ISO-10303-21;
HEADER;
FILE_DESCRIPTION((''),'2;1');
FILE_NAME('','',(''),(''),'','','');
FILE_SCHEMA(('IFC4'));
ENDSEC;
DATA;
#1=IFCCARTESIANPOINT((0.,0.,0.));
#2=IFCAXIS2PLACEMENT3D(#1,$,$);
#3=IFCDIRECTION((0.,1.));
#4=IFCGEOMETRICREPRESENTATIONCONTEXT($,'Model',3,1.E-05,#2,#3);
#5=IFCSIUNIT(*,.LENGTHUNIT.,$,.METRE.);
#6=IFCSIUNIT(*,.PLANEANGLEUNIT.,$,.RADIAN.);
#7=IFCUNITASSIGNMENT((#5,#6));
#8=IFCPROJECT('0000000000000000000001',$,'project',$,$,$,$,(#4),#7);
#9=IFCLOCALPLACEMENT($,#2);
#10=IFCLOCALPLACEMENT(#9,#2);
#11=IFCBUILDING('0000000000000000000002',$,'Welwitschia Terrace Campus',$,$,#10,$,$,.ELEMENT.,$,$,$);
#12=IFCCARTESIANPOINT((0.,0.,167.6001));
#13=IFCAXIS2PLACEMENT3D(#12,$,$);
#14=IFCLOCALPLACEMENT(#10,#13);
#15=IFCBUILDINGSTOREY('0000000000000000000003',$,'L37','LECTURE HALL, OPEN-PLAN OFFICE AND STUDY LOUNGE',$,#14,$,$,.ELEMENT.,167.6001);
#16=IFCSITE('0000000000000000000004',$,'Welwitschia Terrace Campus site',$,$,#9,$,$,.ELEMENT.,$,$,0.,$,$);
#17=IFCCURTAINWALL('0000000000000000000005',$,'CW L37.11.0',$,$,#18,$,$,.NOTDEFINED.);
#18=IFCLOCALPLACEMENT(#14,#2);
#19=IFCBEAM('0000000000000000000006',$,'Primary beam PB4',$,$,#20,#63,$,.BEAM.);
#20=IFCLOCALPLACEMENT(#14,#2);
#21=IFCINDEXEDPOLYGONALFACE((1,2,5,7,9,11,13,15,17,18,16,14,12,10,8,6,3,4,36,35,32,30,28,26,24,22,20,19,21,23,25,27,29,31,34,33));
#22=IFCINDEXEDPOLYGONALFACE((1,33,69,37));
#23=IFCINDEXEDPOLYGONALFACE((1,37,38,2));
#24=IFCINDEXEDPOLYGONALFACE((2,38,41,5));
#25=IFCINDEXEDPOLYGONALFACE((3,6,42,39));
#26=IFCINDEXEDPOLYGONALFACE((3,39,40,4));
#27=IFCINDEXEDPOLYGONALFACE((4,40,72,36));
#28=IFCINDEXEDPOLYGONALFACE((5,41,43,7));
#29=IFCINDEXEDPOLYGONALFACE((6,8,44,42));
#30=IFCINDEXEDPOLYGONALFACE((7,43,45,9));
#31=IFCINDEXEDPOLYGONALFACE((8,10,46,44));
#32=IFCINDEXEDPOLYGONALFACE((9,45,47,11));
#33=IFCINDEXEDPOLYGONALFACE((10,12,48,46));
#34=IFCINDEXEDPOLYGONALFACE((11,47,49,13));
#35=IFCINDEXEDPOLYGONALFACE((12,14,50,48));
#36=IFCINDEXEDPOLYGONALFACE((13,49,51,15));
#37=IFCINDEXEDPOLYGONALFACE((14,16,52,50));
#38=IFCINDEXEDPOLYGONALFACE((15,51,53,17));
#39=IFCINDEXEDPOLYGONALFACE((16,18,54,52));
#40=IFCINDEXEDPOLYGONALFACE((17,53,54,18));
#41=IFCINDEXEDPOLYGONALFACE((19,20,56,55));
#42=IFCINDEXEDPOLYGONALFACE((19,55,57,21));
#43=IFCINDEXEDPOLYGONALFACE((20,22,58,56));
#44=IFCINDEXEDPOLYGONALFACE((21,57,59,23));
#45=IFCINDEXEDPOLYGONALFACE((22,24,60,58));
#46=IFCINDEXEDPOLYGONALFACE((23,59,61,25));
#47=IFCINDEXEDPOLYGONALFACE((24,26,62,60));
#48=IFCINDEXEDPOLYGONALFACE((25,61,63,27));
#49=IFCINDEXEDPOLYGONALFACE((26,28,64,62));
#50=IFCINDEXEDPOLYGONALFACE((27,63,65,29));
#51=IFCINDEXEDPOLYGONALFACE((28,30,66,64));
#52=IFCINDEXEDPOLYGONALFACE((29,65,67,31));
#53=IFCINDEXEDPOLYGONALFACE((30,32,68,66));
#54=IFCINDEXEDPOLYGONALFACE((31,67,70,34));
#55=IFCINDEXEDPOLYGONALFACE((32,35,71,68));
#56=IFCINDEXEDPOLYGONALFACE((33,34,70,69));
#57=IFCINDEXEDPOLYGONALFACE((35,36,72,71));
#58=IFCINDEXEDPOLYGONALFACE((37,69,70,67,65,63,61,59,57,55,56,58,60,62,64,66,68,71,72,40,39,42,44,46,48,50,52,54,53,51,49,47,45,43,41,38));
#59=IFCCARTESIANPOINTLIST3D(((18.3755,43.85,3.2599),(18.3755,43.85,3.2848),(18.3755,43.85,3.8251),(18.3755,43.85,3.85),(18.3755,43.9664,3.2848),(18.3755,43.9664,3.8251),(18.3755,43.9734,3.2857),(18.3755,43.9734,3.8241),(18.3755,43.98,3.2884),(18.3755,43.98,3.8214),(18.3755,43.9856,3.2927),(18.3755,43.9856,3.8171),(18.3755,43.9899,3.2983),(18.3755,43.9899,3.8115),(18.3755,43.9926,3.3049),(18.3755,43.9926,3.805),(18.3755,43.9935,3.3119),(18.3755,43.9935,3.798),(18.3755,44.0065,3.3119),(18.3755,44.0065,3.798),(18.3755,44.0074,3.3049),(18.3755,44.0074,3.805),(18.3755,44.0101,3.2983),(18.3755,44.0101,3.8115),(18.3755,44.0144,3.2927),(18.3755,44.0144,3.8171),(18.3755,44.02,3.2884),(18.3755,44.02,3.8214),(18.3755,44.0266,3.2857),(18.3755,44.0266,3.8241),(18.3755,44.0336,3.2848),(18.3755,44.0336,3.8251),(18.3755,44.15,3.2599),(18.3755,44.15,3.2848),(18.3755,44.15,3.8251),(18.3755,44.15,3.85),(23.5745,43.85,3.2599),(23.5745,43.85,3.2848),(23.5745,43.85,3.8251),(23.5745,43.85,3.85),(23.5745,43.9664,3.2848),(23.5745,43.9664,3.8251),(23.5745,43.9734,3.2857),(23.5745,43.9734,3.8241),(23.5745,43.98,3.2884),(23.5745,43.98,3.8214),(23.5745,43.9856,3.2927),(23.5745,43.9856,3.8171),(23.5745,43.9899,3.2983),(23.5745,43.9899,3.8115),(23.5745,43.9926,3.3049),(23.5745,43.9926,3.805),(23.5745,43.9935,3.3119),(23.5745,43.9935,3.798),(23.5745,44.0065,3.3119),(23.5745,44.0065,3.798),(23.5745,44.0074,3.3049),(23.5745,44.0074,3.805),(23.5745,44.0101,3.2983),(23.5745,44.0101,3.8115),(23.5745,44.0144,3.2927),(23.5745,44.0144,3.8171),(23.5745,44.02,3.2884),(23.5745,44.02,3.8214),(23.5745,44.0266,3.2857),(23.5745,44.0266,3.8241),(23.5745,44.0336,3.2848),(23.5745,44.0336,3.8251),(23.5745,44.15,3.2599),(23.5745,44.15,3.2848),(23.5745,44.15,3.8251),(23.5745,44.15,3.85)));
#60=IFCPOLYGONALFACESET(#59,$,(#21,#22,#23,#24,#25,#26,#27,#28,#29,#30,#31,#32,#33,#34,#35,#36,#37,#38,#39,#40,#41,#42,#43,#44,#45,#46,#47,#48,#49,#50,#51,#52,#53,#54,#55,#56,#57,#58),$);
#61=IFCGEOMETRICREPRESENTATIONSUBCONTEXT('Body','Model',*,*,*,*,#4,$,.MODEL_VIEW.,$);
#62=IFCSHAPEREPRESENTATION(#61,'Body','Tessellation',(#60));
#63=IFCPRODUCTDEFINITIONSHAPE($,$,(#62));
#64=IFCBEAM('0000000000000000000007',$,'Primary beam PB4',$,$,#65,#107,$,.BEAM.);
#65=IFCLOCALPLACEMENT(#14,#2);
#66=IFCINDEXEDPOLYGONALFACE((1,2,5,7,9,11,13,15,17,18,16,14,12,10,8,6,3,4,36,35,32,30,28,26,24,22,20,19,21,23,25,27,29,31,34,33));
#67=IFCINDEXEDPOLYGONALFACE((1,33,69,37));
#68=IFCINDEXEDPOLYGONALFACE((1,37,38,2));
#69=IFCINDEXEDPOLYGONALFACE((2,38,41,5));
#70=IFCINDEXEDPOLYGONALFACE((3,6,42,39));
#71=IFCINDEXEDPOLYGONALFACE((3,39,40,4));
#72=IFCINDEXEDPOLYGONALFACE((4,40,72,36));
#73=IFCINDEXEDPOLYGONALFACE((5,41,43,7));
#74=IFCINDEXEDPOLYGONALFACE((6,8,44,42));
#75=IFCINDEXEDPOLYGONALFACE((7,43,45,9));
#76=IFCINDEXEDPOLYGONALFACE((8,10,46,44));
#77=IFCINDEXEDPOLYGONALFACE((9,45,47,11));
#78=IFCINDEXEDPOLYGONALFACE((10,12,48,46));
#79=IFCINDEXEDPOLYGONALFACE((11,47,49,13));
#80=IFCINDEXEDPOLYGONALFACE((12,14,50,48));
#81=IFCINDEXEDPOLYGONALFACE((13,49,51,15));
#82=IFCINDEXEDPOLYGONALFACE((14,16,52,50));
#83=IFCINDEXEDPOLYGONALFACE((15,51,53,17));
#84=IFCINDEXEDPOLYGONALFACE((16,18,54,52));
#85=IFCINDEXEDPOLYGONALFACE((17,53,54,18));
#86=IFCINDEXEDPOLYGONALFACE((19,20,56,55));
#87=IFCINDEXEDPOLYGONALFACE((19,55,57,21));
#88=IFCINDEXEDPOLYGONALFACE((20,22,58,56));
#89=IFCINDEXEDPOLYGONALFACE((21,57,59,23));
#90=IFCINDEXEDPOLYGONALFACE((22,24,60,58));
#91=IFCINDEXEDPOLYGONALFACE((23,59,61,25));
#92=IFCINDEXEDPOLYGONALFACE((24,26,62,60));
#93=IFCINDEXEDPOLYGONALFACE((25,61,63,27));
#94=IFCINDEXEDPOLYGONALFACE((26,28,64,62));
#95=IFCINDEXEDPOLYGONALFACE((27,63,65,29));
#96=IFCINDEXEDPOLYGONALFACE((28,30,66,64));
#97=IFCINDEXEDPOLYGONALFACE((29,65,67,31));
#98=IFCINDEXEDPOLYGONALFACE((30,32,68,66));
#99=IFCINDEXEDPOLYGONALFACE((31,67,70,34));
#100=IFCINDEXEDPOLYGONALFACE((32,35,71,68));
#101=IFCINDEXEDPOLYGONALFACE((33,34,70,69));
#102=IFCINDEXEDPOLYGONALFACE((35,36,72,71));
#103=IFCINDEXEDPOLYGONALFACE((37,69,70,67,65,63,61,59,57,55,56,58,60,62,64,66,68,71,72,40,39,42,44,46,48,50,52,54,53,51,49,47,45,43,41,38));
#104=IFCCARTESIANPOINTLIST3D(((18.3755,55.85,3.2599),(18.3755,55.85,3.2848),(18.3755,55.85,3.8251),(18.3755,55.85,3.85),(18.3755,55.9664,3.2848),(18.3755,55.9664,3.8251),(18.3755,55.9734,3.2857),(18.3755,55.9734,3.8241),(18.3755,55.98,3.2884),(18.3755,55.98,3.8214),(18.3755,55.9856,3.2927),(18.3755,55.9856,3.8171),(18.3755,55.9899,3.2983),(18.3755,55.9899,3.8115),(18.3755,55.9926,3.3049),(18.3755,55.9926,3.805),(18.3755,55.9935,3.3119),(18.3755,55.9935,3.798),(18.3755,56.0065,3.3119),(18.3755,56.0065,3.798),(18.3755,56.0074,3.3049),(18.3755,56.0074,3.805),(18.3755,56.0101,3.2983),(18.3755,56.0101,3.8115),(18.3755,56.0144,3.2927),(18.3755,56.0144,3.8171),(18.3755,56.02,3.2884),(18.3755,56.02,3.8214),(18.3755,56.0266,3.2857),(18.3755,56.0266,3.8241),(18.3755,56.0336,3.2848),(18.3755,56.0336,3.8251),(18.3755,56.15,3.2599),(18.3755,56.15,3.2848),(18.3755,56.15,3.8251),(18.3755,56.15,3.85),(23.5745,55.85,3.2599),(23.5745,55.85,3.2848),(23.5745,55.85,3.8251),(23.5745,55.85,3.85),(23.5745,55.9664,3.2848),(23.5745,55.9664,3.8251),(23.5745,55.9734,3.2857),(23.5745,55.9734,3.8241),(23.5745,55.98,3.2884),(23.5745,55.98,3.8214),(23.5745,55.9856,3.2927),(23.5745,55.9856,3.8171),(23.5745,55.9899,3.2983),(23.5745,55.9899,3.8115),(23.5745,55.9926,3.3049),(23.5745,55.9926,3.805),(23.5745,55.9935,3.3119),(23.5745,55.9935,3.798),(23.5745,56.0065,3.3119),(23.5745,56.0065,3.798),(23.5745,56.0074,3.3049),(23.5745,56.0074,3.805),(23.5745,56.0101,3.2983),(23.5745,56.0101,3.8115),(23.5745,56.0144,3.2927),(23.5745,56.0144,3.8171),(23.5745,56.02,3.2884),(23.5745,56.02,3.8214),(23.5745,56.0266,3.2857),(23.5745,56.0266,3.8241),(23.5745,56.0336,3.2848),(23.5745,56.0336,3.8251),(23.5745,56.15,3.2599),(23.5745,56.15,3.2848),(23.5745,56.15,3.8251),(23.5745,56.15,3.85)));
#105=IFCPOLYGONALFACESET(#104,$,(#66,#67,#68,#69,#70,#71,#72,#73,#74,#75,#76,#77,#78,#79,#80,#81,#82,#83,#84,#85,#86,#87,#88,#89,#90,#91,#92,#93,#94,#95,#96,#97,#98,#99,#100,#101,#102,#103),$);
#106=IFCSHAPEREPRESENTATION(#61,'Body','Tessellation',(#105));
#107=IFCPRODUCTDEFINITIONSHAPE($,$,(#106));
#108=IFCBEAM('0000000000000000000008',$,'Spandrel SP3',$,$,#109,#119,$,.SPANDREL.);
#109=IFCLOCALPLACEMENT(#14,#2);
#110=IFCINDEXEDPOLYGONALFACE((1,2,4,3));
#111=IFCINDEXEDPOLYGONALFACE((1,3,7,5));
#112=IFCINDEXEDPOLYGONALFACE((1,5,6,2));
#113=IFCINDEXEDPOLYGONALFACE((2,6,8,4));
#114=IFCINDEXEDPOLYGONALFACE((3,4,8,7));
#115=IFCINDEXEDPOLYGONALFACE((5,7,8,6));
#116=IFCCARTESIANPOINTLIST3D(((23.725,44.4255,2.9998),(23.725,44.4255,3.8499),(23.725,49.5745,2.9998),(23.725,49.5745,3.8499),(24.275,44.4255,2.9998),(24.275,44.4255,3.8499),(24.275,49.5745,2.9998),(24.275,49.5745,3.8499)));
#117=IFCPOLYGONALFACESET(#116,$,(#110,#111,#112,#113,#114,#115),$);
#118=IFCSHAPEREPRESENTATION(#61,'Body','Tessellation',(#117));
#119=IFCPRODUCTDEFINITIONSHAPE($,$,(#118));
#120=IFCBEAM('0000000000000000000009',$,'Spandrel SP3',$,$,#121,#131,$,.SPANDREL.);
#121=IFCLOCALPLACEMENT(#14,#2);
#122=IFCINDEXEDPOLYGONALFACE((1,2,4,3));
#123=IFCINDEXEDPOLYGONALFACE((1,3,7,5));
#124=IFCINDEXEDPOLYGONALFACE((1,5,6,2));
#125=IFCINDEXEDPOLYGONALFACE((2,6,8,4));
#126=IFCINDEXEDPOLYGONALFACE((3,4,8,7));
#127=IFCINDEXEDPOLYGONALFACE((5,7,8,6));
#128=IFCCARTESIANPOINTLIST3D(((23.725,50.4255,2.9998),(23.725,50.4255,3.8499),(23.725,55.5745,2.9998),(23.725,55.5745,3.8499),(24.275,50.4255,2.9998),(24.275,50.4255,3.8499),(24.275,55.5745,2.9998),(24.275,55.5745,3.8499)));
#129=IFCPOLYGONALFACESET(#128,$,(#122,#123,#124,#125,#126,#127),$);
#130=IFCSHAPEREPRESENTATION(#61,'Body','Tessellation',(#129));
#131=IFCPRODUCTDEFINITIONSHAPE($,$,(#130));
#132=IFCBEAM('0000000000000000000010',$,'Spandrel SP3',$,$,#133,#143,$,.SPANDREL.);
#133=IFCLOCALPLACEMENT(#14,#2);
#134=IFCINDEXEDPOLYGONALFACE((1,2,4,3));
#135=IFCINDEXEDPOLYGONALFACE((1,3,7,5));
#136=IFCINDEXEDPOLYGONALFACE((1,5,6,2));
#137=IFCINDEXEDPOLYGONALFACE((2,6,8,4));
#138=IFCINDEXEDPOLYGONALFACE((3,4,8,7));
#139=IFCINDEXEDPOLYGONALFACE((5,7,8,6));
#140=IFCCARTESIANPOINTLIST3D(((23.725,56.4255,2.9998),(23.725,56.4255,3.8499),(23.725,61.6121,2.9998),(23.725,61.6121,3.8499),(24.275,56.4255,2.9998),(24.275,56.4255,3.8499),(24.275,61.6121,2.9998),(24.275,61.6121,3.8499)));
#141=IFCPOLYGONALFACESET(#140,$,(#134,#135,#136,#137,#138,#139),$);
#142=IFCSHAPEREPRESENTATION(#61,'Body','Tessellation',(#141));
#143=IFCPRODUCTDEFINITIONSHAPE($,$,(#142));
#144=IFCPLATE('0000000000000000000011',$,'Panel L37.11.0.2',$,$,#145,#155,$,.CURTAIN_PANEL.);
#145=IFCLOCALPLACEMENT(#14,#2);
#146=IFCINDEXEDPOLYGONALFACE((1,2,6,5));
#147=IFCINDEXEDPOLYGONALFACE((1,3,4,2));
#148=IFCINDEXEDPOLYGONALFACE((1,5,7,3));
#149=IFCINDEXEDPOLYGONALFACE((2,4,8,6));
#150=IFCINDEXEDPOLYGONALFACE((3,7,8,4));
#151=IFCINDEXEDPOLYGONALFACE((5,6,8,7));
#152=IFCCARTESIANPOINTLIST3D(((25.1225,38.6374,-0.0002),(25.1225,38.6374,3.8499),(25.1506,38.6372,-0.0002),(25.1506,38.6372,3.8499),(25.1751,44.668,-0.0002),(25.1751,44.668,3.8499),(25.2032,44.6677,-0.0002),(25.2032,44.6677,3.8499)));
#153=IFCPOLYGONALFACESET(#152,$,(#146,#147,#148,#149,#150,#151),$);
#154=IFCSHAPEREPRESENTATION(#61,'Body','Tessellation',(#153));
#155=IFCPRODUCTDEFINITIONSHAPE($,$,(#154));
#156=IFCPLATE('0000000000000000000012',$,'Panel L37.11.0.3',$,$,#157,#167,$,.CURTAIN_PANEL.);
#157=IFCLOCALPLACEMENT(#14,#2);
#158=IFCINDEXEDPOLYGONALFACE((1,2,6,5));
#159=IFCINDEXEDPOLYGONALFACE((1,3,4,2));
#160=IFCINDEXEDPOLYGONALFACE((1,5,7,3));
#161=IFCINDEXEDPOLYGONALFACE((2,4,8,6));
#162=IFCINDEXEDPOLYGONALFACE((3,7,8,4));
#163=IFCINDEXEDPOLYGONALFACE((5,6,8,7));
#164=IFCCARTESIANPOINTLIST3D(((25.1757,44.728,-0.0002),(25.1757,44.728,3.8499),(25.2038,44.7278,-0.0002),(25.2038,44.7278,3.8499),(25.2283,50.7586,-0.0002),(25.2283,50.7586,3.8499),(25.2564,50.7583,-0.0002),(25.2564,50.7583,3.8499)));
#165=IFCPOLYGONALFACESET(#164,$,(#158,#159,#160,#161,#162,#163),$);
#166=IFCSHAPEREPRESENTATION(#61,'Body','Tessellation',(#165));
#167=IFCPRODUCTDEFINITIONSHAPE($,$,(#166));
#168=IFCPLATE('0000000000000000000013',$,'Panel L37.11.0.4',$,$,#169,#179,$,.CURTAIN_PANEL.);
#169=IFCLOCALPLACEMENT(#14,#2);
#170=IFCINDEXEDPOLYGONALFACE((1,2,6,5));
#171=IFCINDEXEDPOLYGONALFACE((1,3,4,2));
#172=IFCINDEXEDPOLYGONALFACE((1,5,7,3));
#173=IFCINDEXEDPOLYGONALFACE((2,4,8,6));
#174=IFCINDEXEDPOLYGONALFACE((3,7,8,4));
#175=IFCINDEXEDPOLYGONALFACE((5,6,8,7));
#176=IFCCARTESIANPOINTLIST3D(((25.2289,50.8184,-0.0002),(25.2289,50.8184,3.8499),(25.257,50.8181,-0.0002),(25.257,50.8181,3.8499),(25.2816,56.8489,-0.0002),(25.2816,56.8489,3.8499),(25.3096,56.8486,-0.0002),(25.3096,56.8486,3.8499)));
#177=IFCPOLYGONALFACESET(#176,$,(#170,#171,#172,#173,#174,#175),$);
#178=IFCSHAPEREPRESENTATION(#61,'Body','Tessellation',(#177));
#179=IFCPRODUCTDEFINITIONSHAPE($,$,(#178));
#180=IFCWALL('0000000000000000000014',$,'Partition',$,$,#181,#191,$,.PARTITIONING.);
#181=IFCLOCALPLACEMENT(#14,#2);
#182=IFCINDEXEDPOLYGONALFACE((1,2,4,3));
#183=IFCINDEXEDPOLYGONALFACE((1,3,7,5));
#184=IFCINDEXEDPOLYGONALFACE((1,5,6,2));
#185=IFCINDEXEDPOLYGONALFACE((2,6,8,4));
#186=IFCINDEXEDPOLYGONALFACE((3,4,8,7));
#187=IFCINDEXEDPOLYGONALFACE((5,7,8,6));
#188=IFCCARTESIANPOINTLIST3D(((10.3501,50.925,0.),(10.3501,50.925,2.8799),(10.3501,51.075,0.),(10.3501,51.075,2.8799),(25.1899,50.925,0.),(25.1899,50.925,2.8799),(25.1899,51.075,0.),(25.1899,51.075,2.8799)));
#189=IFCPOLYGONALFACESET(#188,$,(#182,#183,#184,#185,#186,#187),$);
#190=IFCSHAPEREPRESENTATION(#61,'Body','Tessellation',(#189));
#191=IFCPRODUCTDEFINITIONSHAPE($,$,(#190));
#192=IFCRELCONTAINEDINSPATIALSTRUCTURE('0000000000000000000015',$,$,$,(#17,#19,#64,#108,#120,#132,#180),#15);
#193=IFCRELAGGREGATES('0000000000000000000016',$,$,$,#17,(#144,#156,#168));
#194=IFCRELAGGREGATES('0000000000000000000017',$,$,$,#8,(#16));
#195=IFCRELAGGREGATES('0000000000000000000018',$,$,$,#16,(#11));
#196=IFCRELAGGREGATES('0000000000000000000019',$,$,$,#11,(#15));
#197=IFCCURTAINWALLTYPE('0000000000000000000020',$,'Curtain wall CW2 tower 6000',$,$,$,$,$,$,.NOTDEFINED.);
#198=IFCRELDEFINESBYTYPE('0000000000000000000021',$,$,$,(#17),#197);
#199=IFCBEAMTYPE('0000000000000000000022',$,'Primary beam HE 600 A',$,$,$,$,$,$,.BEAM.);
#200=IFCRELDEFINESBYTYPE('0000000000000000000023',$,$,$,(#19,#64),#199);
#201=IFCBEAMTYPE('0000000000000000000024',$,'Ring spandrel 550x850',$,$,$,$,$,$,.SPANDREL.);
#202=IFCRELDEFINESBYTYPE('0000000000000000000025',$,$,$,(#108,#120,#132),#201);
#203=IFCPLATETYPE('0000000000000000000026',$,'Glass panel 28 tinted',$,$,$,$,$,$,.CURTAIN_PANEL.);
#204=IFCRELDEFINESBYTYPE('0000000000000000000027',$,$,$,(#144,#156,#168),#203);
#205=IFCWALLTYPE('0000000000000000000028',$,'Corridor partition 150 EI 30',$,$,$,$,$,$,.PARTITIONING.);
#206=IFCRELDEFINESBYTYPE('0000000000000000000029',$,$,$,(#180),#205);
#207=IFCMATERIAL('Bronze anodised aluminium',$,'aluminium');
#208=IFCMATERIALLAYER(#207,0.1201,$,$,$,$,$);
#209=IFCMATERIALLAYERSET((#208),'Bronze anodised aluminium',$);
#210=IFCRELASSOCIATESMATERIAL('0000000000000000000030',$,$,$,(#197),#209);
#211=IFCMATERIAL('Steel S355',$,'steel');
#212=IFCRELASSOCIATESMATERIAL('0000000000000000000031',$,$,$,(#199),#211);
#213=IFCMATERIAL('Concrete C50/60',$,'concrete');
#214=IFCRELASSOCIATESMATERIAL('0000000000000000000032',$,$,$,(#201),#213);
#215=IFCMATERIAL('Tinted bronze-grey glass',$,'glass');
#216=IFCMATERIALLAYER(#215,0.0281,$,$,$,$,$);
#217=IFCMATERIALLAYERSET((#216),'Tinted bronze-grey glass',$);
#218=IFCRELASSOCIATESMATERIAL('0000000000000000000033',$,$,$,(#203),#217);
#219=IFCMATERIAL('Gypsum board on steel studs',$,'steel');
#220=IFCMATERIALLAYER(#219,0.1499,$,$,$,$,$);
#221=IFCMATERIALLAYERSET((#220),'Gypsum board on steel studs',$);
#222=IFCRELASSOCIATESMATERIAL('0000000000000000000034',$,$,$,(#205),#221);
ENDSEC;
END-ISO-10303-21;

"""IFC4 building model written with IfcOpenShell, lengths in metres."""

from ifc_helpers import new_model, si_unit, direction, frame, frame_2d, origin, origin_2d, place, context, subcontext, project, spatial, rectangle, i_section, extrude, material, layer, layer_set, material_profile, profile_set, type_object, element, aggregate, save


model = new_model("IFC4")

# Units and contexts
model_context = context("Model", 3, precision=1e-05, world=origin(), true_north=direction((0.0, 1.0)))
body_context = subcontext(model_context, "Body", "Model", "MODEL_VIEW")
ifc_project = project(units=[si_unit("LENGTHUNIT", "METRE"), si_unit("PLANEANGLEUNIT", "RADIAN")], contexts=[model_context])

# Site, building, storey
site_placement = place(None, origin())
site = spatial("IfcSite", under=ifc_project, at=site_placement, Name="Welwitschia Terrace Campus site", CompositionType="ELEMENT", RefElevation=0.0)
building_placement = place(site_placement, origin())
building = spatial("IfcBuilding", under=site, at=building_placement, Name="Welwitschia Terrace Campus", CompositionType="ELEMENT")
storey_placement = place(building_placement, frame((0.0, 0.0, 167.6001)))
storey = spatial("IfcBuildingStorey", under=building, at=storey_placement, Name="L37", Description="LECTURE HALL, OPEN-PLAN OFFICE AND STUDY LOUNGE", CompositionType="ELEMENT", Elevation=167.6001)

# Curtain wall
ifc_material_1 = material(Name="Bronze anodised aluminium", Category="aluminium")
ifc_layer_1 = layer(ifc_material_1, 0.1201)
ifc_layer_set_1 = layer_set([ifc_layer_1], Name="Bronze anodised aluminium")
curtain_wall_type = type_object("IfcCurtainWallType", Name="Curtain wall CW2 tower 6000", PredefinedType="NOTDEFINED", material=ifc_layer_set_1)
curtain_wall_placement = place(storey_placement, origin())
curtain_wall = element("IfcCurtainWall", 1, at=curtain_wall_placement, inside=storey, type_object=curtain_wall_type, Name="CW L37.11.0", PredefinedType="NOTDEFINED")

# Beams
ifc_material_2 = material(Name="Steel S355", Category="steel")
ifc_material_profile_1 = material_profile(ifc_material_2, i_section(OverallWidth=0.3, OverallDepth=0.5901, WebThickness=0.0129, FlangeThickness=0.0249, FilletRadius=0.0271, at=origin_2d()))
ifc_profile_set_1 = profile_set([ifc_material_profile_1], Name="Steel S355")
beam_type_1 = type_object("IfcBeamType", Name="Primary beam HE 600 A", PredefinedType="BEAM", material=ifc_profile_set_1)
for number, where, z_axis, x_axis, name in (
    (2, (23.5745, 44.0, 3.5549), (-1.0, 0.0, 0.0), (0.0, -1.0, 0.0), "Primary beam PB4"),
    (3, (23.5745, 56.0, 3.5549), (-1.0, 0.0, 0.0), (0.0, -1.0, 0.0), "Primary beam PB4"),
):
    element("IfcBeam", number, at=place(storey_placement, frame(where, z_axis=z_axis, x_axis=x_axis)), inside=storey, type_object=beam_type_1, Name=name, PredefinedType="BEAM", context=body_context, shape_type="SweptSolid", body=[
        extrude(i_section(OverallWidth=0.3, OverallDepth=0.5901, WebThickness=0.0129, FlangeThickness=0.0249, FilletRadius=0.0271, at=origin_2d()), origin(), (0.0, 0.0, 1.0), 5.199),
    ])
ifc_material_3 = material(Name="Concrete C50/60", Category="concrete")
ifc_material_profile_2 = material_profile(ifc_material_3, rectangle(XDim=0.55, YDim=0.8501, at=origin_2d()))
ifc_profile_set_2 = profile_set([ifc_material_profile_2], Name="Concrete C50/60")
beam_type_2 = type_object("IfcBeamType", Name="Ring spandrel 550x850", PredefinedType="SPANDREL", material=ifc_profile_set_2)
for number, where, z_axis, x_axis, name in (
    (4, (24.0, 44.4255, 3.4248), (0.0, 1.0, 0.0), (-1.0, 0.0, 0.0), "Spandrel SP3"),
    (5, (24.0, 50.4255, 3.4248), (0.0, 1.0, 0.0), (-1.0, 0.0, 0.0), "Spandrel SP3"),
):
    element("IfcBeam", number, at=place(storey_placement, frame(where, z_axis=z_axis, x_axis=x_axis)), inside=storey, type_object=beam_type_2, Name=name, PredefinedType="SPANDREL", context=body_context, shape_type="SweptSolid", body=[
        extrude(rectangle(XDim=0.55, YDim=0.8501, at=origin_2d()), origin(), (0.0, 0.0, 1.0), 5.1489),
    ])
beam_1_placement = place(storey_placement, frame((24.0, 56.4255, 3.4248), z_axis=(0.0, 1.0, 0.0), x_axis=(-1.0, 0.0, 0.0)))
element("IfcBeam", 6, at=beam_1_placement, inside=storey, type_object=beam_type_2, Name="Spandrel SP3", PredefinedType="SPANDREL", context=body_context, shape_type="SweptSolid", body=[
    extrude(rectangle(XDim=0.55, YDim=0.8501, at=origin_2d()), origin(), (0.0, 0.0, 1.0), 5.1865),
])

# Plates
ifc_material_4 = material(Name="Tinted bronze-grey glass", Category="glass")
ifc_layer_2 = layer(ifc_material_4, 0.0281)
ifc_layer_set_2 = layer_set([ifc_layer_2], Name="Tinted bronze-grey glass")
plate_type = type_object("IfcPlateType", Name="Glass panel 28 tinted", PredefinedType="CURTAIN_PANEL", material=ifc_layer_set_2)
plate_1_placement = place(storey_placement, frame((25.1628, 41.6526, -0.0002), z_axis=(0.0, 0.0, 1.0), x_axis=(0.008727, 0.999962, 0.0)))
plate_1 = element("IfcPlate", 7, at=plate_1_placement, type_object=plate_type, Name="Panel L37.11.0.2", PredefinedType="CURTAIN_PANEL", context=body_context, shape_type="SweptSolid", body=[
    extrude(rectangle(XDim=6.0308, YDim=0.0281, at=origin_2d()), origin(), (0.0, 0.0, 1.0), 3.8501),
])
plate_2_placement = place(storey_placement, frame((25.2161, 47.7432, -0.0002), z_axis=(0.0, 0.0, 1.0), x_axis=(0.008727, 0.999962, 0.0)))
plate_2 = element("IfcPlate", 8, at=plate_2_placement, type_object=plate_type, Name="Panel L37.11.0.3", PredefinedType="CURTAIN_PANEL", context=body_context, shape_type="SweptSolid", body=[
    extrude(rectangle(XDim=6.0308, YDim=0.0281, at=origin_2d()), origin(), (0.0, 0.0, 1.0), 3.8501),
])
plate_3_placement = place(storey_placement, frame((25.2693, 53.8335, -0.0002), z_axis=(0.0, 0.0, 1.0), x_axis=(0.008727, 0.999962, 0.0)))
plate_3 = element("IfcPlate", 9, at=plate_3_placement, type_object=plate_type, Name="Panel L37.11.0.4", PredefinedType="CURTAIN_PANEL", context=body_context, shape_type="SweptSolid", body=[
    extrude(rectangle(XDim=6.0308, YDim=0.0281, at=origin_2d()), origin(), (0.0, 0.0, 1.0), 3.8501),
])
aggregate(curtain_wall, [plate_1, plate_2, plate_3])

# Wall
ifc_material_5 = material(Name="Gypsum board on steel studs", Category="steel")
ifc_layer_3 = layer(ifc_material_5, 0.1499)
ifc_layer_set_3 = layer_set([ifc_layer_3], Name="Gypsum board on steel studs")
wall_type = type_object("IfcWallType", Name="Corridor partition 150 EI 30", PredefinedType="PARTITIONING", material=ifc_layer_set_3)
wall_placement = place(storey_placement, frame((10.3501, 51.0, 0.0), z_axis=(0.0, 0.0, 1.0), x_axis=(1.0, 0.0, 0.0)))
element("IfcWall", 10, at=wall_placement, inside=storey, type_object=wall_type, Name="Partition", PredefinedType="PARTITIONING", context=body_context, shape_type="SweptSolid", body=[
    extrude(rectangle(XDim=14.8398, YDim=0.1499, at=frame_2d((7.4199, 0.0))), origin(), (0.0, 0.0, 1.0), 2.8799),
])

save(model, "model.ifc")
